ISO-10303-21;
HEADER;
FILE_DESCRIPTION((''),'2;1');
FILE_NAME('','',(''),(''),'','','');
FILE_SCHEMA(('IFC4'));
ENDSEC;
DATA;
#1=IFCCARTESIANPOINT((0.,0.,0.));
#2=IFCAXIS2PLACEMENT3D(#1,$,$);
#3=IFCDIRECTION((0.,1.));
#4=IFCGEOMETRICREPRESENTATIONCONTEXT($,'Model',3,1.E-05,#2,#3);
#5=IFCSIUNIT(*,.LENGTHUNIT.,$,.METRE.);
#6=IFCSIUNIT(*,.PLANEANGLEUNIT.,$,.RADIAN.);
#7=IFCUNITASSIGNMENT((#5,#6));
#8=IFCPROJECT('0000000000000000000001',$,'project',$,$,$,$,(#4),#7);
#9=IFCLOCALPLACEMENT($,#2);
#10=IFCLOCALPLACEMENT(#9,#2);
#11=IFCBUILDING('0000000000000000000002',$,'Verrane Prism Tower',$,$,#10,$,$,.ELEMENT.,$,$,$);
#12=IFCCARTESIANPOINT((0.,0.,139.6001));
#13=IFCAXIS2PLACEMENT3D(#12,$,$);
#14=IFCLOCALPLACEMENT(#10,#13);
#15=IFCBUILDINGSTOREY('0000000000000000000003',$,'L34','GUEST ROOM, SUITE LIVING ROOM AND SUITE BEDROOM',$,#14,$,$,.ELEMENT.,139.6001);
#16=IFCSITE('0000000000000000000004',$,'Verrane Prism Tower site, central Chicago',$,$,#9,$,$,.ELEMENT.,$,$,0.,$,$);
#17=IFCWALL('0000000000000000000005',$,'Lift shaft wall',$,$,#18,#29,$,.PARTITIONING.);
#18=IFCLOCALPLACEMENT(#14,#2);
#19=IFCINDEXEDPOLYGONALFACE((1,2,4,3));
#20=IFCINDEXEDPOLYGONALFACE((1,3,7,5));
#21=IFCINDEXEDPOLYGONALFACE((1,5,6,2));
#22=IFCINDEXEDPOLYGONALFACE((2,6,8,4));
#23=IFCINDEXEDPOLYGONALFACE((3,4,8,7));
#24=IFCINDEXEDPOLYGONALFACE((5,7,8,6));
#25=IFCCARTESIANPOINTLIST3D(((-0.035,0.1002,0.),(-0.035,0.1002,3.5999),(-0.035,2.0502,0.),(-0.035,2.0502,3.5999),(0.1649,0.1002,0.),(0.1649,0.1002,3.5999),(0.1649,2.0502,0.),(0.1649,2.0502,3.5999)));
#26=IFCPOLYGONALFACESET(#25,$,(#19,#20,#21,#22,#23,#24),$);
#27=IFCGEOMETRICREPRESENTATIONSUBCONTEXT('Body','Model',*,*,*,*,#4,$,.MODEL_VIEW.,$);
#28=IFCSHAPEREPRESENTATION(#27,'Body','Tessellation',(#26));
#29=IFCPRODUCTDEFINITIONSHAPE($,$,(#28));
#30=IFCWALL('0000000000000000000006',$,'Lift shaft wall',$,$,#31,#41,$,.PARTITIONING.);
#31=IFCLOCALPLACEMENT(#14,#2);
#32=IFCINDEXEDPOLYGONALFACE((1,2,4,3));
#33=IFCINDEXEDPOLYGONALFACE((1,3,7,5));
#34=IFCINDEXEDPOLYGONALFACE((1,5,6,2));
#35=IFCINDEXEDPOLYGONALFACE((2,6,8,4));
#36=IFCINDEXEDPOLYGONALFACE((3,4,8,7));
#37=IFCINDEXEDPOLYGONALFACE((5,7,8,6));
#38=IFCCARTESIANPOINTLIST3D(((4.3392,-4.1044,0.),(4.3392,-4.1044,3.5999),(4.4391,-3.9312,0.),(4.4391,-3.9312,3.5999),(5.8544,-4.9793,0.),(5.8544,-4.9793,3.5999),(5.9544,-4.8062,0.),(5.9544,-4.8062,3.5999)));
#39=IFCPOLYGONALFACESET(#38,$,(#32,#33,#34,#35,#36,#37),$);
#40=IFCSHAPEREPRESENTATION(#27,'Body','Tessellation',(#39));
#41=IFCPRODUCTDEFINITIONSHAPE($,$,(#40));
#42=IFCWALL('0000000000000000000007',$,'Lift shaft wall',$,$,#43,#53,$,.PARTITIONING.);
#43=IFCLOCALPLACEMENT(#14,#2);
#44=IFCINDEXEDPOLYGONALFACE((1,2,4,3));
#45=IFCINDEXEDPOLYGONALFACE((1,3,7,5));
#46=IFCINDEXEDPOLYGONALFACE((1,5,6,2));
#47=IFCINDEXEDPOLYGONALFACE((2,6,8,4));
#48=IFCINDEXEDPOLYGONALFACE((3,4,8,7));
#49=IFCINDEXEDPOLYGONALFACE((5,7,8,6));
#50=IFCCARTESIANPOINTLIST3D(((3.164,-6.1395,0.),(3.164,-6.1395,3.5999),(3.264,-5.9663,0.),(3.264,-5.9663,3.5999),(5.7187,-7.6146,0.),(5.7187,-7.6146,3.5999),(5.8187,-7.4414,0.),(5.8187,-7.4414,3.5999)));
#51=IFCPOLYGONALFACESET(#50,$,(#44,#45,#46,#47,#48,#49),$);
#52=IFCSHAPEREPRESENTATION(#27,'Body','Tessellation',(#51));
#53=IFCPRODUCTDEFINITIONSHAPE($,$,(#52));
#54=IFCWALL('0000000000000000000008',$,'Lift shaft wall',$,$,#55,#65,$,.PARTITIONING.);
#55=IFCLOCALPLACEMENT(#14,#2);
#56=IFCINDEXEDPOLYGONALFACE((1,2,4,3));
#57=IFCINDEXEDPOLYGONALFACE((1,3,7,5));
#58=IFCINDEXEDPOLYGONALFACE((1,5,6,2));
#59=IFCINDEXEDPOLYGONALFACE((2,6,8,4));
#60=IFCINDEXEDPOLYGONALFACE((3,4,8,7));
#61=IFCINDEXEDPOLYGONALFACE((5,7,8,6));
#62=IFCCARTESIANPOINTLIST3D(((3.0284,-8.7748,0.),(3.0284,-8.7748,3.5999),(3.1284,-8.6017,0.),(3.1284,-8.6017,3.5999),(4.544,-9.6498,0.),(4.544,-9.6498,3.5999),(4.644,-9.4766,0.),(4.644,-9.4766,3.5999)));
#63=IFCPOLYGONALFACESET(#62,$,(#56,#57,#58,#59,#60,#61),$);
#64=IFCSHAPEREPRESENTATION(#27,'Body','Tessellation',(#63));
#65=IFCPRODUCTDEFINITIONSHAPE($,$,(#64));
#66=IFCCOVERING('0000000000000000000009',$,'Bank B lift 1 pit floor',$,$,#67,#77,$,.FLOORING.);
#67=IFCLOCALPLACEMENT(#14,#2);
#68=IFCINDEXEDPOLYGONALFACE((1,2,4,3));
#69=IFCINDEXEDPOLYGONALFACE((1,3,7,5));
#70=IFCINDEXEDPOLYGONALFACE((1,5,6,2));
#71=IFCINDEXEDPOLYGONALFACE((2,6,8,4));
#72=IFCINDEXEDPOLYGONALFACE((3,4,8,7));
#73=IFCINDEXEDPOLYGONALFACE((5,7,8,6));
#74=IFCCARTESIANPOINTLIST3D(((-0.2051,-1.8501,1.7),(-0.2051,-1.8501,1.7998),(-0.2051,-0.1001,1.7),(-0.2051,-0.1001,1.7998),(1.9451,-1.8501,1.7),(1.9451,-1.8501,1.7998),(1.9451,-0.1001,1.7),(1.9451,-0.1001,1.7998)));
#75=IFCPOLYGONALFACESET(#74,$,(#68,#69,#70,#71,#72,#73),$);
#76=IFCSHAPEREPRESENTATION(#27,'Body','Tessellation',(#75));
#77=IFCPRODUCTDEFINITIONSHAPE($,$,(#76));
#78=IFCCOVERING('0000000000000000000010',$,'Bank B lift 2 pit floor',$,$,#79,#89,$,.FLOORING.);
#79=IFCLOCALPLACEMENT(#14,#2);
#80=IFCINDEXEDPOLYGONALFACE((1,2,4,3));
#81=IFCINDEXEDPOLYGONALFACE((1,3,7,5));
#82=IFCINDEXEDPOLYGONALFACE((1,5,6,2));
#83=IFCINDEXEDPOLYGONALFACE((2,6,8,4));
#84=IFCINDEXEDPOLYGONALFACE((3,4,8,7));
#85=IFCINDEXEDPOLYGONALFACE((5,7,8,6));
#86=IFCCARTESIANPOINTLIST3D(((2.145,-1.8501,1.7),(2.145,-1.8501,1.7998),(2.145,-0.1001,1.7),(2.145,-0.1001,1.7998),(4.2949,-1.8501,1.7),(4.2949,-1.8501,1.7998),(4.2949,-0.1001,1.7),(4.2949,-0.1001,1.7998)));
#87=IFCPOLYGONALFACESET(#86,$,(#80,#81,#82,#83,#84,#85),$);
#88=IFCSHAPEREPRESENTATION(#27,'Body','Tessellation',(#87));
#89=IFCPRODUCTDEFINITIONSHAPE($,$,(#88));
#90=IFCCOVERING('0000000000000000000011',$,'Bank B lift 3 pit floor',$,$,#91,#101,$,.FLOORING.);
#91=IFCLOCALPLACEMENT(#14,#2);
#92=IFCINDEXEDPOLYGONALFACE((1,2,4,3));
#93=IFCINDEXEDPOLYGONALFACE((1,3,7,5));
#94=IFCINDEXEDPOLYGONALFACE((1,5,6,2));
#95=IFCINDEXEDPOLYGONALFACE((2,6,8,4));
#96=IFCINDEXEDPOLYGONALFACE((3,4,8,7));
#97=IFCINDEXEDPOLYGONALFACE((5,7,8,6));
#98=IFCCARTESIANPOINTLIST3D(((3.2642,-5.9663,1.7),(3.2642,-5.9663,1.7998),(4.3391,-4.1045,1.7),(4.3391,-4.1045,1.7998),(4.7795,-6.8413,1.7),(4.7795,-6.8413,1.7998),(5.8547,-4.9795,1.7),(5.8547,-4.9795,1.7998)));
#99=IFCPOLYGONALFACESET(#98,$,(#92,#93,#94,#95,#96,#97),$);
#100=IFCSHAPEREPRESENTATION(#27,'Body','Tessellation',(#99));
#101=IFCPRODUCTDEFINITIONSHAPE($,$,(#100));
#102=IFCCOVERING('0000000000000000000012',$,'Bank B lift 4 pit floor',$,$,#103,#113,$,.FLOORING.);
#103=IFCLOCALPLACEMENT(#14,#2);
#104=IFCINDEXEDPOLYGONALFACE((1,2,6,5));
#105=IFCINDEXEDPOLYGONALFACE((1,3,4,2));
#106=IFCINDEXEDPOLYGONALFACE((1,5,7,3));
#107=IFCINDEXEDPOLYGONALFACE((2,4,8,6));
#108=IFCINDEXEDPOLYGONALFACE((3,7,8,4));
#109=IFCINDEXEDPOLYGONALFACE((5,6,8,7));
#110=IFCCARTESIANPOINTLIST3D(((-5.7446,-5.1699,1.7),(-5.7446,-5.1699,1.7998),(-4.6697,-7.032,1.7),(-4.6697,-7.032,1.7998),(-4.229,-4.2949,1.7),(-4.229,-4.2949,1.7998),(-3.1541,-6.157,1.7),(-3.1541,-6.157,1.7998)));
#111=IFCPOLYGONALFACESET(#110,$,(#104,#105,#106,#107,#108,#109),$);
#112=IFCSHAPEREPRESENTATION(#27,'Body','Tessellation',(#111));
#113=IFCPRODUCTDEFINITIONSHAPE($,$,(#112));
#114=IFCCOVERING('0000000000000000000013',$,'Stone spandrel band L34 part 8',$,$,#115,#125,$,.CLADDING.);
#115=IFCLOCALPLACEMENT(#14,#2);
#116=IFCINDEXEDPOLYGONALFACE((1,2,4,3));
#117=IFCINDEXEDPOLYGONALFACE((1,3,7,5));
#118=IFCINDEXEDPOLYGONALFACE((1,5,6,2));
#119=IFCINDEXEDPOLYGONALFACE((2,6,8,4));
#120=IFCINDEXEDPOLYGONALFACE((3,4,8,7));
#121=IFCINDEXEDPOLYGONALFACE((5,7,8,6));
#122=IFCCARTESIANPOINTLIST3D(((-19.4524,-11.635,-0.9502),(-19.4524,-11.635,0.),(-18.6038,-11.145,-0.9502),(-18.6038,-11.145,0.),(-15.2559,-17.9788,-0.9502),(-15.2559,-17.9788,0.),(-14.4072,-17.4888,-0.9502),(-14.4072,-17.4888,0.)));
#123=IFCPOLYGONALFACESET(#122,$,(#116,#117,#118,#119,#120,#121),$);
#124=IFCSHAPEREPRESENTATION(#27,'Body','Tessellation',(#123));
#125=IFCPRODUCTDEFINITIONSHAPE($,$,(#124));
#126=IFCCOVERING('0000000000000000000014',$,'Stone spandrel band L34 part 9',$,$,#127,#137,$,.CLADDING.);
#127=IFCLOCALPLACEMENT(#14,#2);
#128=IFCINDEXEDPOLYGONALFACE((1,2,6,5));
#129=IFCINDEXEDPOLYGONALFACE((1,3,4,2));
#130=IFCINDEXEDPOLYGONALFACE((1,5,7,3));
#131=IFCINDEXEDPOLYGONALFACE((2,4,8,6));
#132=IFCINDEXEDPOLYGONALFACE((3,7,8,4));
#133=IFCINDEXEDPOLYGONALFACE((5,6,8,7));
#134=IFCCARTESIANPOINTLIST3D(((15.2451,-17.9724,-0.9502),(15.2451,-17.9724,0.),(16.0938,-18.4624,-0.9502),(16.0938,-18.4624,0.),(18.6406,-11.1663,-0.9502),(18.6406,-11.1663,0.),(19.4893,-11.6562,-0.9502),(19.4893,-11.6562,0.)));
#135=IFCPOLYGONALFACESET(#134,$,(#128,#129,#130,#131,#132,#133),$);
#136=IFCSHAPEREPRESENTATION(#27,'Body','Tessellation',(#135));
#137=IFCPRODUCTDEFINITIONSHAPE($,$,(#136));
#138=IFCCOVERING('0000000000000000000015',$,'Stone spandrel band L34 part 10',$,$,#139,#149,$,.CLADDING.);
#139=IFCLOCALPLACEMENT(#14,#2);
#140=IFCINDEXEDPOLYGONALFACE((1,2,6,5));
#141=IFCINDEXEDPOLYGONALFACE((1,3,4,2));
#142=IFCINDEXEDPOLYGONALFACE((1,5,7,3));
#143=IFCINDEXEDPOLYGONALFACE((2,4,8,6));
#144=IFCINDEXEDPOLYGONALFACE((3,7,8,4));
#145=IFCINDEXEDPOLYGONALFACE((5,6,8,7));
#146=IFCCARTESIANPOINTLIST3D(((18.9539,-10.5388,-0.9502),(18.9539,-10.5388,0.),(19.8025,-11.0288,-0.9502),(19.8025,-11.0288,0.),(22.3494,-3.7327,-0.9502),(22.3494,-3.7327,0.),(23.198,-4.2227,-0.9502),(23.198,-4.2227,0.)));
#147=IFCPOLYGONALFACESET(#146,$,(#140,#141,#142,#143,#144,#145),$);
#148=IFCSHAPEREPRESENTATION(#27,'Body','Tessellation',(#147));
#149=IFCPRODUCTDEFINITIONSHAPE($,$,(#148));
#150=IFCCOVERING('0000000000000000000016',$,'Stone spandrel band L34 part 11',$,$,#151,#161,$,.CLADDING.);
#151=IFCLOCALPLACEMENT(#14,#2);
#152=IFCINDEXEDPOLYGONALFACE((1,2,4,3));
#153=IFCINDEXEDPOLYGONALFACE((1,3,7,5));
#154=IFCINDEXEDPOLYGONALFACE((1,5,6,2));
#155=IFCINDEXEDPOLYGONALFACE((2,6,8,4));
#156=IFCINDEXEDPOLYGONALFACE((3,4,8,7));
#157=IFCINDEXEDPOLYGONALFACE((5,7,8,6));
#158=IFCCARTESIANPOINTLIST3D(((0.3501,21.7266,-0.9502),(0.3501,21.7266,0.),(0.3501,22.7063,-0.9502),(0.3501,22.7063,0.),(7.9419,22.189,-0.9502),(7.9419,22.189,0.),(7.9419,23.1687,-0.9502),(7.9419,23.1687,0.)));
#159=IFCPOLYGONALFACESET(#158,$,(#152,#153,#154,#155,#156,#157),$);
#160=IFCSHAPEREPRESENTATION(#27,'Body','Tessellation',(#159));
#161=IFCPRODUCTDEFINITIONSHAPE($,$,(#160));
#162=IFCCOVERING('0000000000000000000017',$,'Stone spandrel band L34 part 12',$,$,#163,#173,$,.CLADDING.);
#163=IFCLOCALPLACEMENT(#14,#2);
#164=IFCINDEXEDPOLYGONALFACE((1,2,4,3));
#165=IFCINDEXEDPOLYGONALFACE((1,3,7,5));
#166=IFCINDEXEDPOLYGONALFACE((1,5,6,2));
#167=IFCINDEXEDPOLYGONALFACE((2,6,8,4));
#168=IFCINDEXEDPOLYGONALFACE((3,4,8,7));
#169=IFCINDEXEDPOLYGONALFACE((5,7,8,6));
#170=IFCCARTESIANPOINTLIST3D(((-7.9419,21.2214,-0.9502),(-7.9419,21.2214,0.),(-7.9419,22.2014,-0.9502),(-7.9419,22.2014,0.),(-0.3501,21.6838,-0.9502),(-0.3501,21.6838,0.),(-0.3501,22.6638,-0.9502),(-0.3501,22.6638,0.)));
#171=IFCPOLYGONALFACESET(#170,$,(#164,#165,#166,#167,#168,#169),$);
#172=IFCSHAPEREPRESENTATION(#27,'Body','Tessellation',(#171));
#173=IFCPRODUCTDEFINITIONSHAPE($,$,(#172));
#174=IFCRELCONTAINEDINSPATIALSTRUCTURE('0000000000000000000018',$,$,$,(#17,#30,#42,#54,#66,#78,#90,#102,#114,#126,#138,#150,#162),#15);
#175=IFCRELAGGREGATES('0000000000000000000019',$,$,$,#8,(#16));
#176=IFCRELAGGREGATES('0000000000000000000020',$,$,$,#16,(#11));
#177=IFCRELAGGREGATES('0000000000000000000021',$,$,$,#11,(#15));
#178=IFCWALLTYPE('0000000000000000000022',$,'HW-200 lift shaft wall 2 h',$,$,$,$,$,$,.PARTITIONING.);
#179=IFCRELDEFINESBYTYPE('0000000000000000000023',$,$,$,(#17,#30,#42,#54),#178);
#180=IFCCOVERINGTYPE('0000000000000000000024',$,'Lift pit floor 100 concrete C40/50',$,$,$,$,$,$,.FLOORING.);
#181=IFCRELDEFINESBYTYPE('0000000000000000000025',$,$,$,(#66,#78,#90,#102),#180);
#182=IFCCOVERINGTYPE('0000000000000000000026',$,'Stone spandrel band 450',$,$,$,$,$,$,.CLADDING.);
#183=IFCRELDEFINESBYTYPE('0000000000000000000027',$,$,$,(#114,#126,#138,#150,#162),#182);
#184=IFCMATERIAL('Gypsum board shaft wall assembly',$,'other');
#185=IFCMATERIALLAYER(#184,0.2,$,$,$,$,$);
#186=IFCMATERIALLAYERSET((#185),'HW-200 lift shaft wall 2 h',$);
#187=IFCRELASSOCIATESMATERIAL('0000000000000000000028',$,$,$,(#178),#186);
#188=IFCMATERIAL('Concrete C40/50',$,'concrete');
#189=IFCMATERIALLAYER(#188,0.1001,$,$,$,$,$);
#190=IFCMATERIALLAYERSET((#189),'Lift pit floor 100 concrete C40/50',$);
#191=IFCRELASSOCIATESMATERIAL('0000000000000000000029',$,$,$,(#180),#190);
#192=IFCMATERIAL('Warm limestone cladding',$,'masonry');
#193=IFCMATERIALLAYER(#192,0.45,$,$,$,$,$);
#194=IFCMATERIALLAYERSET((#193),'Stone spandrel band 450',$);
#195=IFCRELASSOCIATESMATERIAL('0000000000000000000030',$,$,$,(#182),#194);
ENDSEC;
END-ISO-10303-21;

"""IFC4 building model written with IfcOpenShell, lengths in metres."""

from ifc_helpers import new_model, si_unit, direction, frame, frame_2d, origin, place, context, subcontext, project, spatial, polyline, rectangle, outline, extrude, material, layer, layer_set, type_object, element, save


model = new_model("IFC4")

# Units and contexts
model_context = context("Model", 3, precision=1e-05, world=origin(), true_north=direction((0.0, 1.0)))
body_context = subcontext(model_context, "Body", "Model", "MODEL_VIEW")
ifc_project = project(units=[si_unit("LENGTHUNIT", "METRE"), si_unit("PLANEANGLEUNIT", "RADIAN")], contexts=[model_context])

# Site, building, storey
site_placement = place(None, origin())
site = spatial("IfcSite", under=ifc_project, at=site_placement, Name="Verrane Prism Tower site, central Chicago", CompositionType="ELEMENT", RefElevation=0.0)
building_placement = place(site_placement, origin())
building = spatial("IfcBuilding", under=site, at=building_placement, Name="Verrane Prism Tower", CompositionType="ELEMENT")
storey_placement = place(building_placement, frame((0.0, 0.0, 139.6001)))
storey = spatial("IfcBuildingStorey", under=building, at=storey_placement, Name="L34", Description="GUEST ROOM, SUITE LIVING ROOM AND SUITE BEDROOM", CompositionType="ELEMENT", Elevation=139.6001)

# Shared definitions
ifc_material_1 = material(Name="Gypsum board shaft wall assembly", Category="other")
ifc_layer_1 = layer(ifc_material_1, 0.2)
ifc_layer_set_1 = layer_set([ifc_layer_1], Name="HW-200 lift shaft wall 2 h")
wall_type_1 = type_object("IfcWallType", Name="HW-200 lift shaft wall 2 h", PredefinedType="PARTITIONING", material=ifc_layer_set_1)

# Walls
for number, where, z_axis, x_axis, name in (
    (1, (0.0649, 0.1001, 0.0), (0.0, 0.0, 1.0), (0.0, 1.0, 0.0), "Lift shaft wall"),
):
    element("IfcWall", number, at=place(storey_placement, frame(where, z_axis=z_axis, x_axis=x_axis)), inside=storey, type_object=wall_type_1, Name=name, PredefinedType="PARTITIONING", context=body_context, shape_type="SweptSolid", body=[
        extrude(rectangle(XDim=1.95, YDim=0.2, at=frame_2d((0.9751, 0.0))), origin(), (0.0, 0.0, 1.0), 3.5999),
    ])
wall_1_placement = place(storey_placement, frame((5.9045, -4.8928, 0.0), z_axis=(0.0, 0.0, 1.0), x_axis=(-0.866002, 0.50004, 0.0)))
element("IfcWall", 2, at=wall_1_placement, inside=storey, type_object=wall_type_1, Name="Lift shaft wall", PredefinedType="PARTITIONING", context=body_context, shape_type="SweptSolid", body=[
    extrude(rectangle(XDim=1.7498, YDim=0.2, at=frame_2d((0.875, 0.0))), origin(), (0.0, 0.0, 1.0), 3.5999),
])
wall_2_placement = place(storey_placement, frame((5.7688, -7.5281, 0.0), z_axis=(0.0, 0.0, 1.0), x_axis=(-0.866004, 0.500038, 0.0)))
element("IfcWall", 3, at=wall_2_placement, inside=storey, type_object=wall_type_1, Name="Lift shaft wall", PredefinedType="PARTITIONING", context=body_context, shape_type="SweptSolid", body=[
    extrude(rectangle(XDim=2.95, YDim=0.2, at=frame_2d((1.4751, 0.0))), origin(), (0.0, 0.0, 1.0), 3.5999),
])
wall_3_placement = place(storey_placement, frame((4.594, -9.5632, 0.0), z_axis=(0.0, 0.0, 1.0), x_axis=(-0.866037, 0.49998, 0.0)))
element("IfcWall", 4, at=wall_3_placement, inside=storey, type_object=wall_type_1, Name="Lift shaft wall", PredefinedType="PARTITIONING", context=body_context, shape_type="SweptSolid", body=[
    extrude(rectangle(XDim=1.75, YDim=0.2, at=frame_2d((0.875, 0.0))), origin(), (0.0, 0.0, 1.0), 3.5999),
])

# Coverings
ifc_material_2 = material(Name="Concrete C40/50", Category="concrete")
ifc_layer_2 = layer(ifc_material_2, 0.1001)
ifc_layer_set_2 = layer_set([ifc_layer_2], Name="Lift pit floor 100 concrete C40/50")
covering_type_1 = type_object("IfcCoveringType", Name="Lift pit floor 100 concrete C40/50", PredefinedType="FLOORING", material=ifc_layer_set_2)
covering_1_placement = place(storey_placement, frame((0.0, 0.0, 1.7)))
element("IfcCovering", 5, at=covering_1_placement, inside=storey, type_object=covering_type_1, Name="Bank B lift 1 pit floor", PredefinedType="FLOORING", context=body_context, shape_type="SweptSolid", body=[
    extrude(outline(polyline([(-0.2051, -1.8501), (-0.2051, -0.1001), (1.9451, -0.1001), (1.9451, -1.8501), (-0.2051, -1.8501)])), origin(), (0.0, 0.0, 1.0), 0.0999),
])
covering_2_placement = place(storey_placement, frame((0.0, 0.0, 1.7)))
element("IfcCovering", 6, at=covering_2_placement, inside=storey, type_object=covering_type_1, Name="Bank B lift 2 pit floor", PredefinedType="FLOORING", context=body_context, shape_type="SweptSolid", body=[
    extrude(outline(polyline([(2.145, -1.8501), (2.145, -0.1001), (4.2949, -0.1001), (4.2949, -1.8501), (2.145, -1.8501)])), origin(), (0.0, 0.0, 1.0), 0.0999),
])
covering_3_placement = place(storey_placement, frame((0.0, 0.0, 1.7)))
element("IfcCovering", 7, at=covering_3_placement, inside=storey, type_object=covering_type_1, Name="Bank B lift 3 pit floor", PredefinedType="FLOORING", context=body_context, shape_type="SweptSolid", body=[
    extrude(outline(polyline([(4.3391, -4.1045), (5.8547, -4.9795), (4.7795, -6.8413), (3.2642, -5.9663), (4.3391, -4.1045)])), origin(), (0.0, 0.0, 1.0), 0.0999),
])
covering_4_placement = place(storey_placement, frame((0.0, 0.0, 1.7)))
element("IfcCovering", 8, at=covering_4_placement, inside=storey, type_object=covering_type_1, Name="Bank B lift 4 pit floor", PredefinedType="FLOORING", context=body_context, shape_type="SweptSolid", body=[
    extrude(outline(polyline([(-3.1541, -6.157), (-4.6697, -7.032), (-5.7446, -5.1699), (-4.229, -4.2949), (-3.1541, -6.157)])), origin(), (0.0, 0.0, 1.0), 0.0999),
])
ifc_material_3 = material(Name="Warm limestone cladding", Category="masonry")
ifc_layer_3 = layer(ifc_material_3, 0.45)
ifc_layer_set_3 = layer_set([ifc_layer_3], Name="Stone spandrel band 450")
covering_type_2 = type_object("IfcCoveringType", Name="Stone spandrel band 450", PredefinedType="CLADDING", material=ifc_layer_set_3)
covering_5_placement = place(storey_placement, frame((0.0, 0.0, -0.9502)))
element("IfcCovering", 9, at=covering_5_placement, inside=storey, type_object=covering_type_2, Name="Stone spandrel band L34 part 8", PredefinedType="CLADDING", context=body_context, shape_type="SweptSolid", body=[
    extrude(outline(polyline([(-14.4072, -17.4888), (-18.6038, -11.145), (-19.4524, -11.635), (-15.2559, -17.9788), (-14.4072, -17.4888)])), origin(), (0.0, 0.0, 1.0), 0.9502),
])
covering_6_placement = place(storey_placement, frame((0.0, 0.0, -0.9502)))
element("IfcCovering", 10, at=covering_6_placement, inside=storey, type_object=covering_type_2, Name="Stone spandrel band L34 part 9", PredefinedType="CLADDING", context=body_context, shape_type="SweptSolid", body=[
    extrude(outline(polyline([(18.6406, -11.1663), (15.2451, -17.9724), (16.0938, -18.4624), (19.4893, -11.6562), (18.6406, -11.1663)])), origin(), (0.0, 0.0, 1.0), 0.9502),
])
covering_7_placement = place(storey_placement, frame((0.0, 0.0, -0.9502)))
element("IfcCovering", 11, at=covering_7_placement, inside=storey, type_object=covering_type_2, Name="Stone spandrel band L34 part 10", PredefinedType="CLADDING", context=body_context, shape_type="SweptSolid", body=[
    extrude(outline(polyline([(22.3494, -3.7327), (18.9539, -10.5388), (19.8025, -11.0288), (23.198, -4.2227), (22.3494, -3.7327)])), origin(), (0.0, 0.0, 1.0), 0.9502),
])
covering_8_placement = place(storey_placement, frame((0.0, 0.0, -0.9502)))
element("IfcCovering", 12, at=covering_8_placement, inside=storey, type_object=covering_type_2, Name="Stone spandrel band L34 part 11", PredefinedType="CLADDING", context=body_context, shape_type="SweptSolid", body=[
    extrude(outline(polyline([(0.3501, 22.7063), (0.3501, 21.7266), (7.9419, 22.189), (7.9419, 23.1687), (0.3501, 22.7063)])), origin(), (0.0, 0.0, 1.0), 0.9502),
])
covering_9_placement = place(storey_placement, frame((0.0, 0.0, -0.9502)))
element("IfcCovering", 13, at=covering_9_placement, inside=storey, type_object=covering_type_2, Name="Stone spandrel band L34 part 12", PredefinedType="CLADDING", context=body_context, shape_type="SweptSolid", body=[
    extrude(outline(polyline([(-7.9419, 22.2014), (-7.9419, 21.2214), (-0.3501, 21.6838), (-0.3501, 22.6638), (-7.9419, 22.2014)])), origin(), (0.0, 0.0, 1.0), 0.9502),
])

save(model, "model.ifc")
